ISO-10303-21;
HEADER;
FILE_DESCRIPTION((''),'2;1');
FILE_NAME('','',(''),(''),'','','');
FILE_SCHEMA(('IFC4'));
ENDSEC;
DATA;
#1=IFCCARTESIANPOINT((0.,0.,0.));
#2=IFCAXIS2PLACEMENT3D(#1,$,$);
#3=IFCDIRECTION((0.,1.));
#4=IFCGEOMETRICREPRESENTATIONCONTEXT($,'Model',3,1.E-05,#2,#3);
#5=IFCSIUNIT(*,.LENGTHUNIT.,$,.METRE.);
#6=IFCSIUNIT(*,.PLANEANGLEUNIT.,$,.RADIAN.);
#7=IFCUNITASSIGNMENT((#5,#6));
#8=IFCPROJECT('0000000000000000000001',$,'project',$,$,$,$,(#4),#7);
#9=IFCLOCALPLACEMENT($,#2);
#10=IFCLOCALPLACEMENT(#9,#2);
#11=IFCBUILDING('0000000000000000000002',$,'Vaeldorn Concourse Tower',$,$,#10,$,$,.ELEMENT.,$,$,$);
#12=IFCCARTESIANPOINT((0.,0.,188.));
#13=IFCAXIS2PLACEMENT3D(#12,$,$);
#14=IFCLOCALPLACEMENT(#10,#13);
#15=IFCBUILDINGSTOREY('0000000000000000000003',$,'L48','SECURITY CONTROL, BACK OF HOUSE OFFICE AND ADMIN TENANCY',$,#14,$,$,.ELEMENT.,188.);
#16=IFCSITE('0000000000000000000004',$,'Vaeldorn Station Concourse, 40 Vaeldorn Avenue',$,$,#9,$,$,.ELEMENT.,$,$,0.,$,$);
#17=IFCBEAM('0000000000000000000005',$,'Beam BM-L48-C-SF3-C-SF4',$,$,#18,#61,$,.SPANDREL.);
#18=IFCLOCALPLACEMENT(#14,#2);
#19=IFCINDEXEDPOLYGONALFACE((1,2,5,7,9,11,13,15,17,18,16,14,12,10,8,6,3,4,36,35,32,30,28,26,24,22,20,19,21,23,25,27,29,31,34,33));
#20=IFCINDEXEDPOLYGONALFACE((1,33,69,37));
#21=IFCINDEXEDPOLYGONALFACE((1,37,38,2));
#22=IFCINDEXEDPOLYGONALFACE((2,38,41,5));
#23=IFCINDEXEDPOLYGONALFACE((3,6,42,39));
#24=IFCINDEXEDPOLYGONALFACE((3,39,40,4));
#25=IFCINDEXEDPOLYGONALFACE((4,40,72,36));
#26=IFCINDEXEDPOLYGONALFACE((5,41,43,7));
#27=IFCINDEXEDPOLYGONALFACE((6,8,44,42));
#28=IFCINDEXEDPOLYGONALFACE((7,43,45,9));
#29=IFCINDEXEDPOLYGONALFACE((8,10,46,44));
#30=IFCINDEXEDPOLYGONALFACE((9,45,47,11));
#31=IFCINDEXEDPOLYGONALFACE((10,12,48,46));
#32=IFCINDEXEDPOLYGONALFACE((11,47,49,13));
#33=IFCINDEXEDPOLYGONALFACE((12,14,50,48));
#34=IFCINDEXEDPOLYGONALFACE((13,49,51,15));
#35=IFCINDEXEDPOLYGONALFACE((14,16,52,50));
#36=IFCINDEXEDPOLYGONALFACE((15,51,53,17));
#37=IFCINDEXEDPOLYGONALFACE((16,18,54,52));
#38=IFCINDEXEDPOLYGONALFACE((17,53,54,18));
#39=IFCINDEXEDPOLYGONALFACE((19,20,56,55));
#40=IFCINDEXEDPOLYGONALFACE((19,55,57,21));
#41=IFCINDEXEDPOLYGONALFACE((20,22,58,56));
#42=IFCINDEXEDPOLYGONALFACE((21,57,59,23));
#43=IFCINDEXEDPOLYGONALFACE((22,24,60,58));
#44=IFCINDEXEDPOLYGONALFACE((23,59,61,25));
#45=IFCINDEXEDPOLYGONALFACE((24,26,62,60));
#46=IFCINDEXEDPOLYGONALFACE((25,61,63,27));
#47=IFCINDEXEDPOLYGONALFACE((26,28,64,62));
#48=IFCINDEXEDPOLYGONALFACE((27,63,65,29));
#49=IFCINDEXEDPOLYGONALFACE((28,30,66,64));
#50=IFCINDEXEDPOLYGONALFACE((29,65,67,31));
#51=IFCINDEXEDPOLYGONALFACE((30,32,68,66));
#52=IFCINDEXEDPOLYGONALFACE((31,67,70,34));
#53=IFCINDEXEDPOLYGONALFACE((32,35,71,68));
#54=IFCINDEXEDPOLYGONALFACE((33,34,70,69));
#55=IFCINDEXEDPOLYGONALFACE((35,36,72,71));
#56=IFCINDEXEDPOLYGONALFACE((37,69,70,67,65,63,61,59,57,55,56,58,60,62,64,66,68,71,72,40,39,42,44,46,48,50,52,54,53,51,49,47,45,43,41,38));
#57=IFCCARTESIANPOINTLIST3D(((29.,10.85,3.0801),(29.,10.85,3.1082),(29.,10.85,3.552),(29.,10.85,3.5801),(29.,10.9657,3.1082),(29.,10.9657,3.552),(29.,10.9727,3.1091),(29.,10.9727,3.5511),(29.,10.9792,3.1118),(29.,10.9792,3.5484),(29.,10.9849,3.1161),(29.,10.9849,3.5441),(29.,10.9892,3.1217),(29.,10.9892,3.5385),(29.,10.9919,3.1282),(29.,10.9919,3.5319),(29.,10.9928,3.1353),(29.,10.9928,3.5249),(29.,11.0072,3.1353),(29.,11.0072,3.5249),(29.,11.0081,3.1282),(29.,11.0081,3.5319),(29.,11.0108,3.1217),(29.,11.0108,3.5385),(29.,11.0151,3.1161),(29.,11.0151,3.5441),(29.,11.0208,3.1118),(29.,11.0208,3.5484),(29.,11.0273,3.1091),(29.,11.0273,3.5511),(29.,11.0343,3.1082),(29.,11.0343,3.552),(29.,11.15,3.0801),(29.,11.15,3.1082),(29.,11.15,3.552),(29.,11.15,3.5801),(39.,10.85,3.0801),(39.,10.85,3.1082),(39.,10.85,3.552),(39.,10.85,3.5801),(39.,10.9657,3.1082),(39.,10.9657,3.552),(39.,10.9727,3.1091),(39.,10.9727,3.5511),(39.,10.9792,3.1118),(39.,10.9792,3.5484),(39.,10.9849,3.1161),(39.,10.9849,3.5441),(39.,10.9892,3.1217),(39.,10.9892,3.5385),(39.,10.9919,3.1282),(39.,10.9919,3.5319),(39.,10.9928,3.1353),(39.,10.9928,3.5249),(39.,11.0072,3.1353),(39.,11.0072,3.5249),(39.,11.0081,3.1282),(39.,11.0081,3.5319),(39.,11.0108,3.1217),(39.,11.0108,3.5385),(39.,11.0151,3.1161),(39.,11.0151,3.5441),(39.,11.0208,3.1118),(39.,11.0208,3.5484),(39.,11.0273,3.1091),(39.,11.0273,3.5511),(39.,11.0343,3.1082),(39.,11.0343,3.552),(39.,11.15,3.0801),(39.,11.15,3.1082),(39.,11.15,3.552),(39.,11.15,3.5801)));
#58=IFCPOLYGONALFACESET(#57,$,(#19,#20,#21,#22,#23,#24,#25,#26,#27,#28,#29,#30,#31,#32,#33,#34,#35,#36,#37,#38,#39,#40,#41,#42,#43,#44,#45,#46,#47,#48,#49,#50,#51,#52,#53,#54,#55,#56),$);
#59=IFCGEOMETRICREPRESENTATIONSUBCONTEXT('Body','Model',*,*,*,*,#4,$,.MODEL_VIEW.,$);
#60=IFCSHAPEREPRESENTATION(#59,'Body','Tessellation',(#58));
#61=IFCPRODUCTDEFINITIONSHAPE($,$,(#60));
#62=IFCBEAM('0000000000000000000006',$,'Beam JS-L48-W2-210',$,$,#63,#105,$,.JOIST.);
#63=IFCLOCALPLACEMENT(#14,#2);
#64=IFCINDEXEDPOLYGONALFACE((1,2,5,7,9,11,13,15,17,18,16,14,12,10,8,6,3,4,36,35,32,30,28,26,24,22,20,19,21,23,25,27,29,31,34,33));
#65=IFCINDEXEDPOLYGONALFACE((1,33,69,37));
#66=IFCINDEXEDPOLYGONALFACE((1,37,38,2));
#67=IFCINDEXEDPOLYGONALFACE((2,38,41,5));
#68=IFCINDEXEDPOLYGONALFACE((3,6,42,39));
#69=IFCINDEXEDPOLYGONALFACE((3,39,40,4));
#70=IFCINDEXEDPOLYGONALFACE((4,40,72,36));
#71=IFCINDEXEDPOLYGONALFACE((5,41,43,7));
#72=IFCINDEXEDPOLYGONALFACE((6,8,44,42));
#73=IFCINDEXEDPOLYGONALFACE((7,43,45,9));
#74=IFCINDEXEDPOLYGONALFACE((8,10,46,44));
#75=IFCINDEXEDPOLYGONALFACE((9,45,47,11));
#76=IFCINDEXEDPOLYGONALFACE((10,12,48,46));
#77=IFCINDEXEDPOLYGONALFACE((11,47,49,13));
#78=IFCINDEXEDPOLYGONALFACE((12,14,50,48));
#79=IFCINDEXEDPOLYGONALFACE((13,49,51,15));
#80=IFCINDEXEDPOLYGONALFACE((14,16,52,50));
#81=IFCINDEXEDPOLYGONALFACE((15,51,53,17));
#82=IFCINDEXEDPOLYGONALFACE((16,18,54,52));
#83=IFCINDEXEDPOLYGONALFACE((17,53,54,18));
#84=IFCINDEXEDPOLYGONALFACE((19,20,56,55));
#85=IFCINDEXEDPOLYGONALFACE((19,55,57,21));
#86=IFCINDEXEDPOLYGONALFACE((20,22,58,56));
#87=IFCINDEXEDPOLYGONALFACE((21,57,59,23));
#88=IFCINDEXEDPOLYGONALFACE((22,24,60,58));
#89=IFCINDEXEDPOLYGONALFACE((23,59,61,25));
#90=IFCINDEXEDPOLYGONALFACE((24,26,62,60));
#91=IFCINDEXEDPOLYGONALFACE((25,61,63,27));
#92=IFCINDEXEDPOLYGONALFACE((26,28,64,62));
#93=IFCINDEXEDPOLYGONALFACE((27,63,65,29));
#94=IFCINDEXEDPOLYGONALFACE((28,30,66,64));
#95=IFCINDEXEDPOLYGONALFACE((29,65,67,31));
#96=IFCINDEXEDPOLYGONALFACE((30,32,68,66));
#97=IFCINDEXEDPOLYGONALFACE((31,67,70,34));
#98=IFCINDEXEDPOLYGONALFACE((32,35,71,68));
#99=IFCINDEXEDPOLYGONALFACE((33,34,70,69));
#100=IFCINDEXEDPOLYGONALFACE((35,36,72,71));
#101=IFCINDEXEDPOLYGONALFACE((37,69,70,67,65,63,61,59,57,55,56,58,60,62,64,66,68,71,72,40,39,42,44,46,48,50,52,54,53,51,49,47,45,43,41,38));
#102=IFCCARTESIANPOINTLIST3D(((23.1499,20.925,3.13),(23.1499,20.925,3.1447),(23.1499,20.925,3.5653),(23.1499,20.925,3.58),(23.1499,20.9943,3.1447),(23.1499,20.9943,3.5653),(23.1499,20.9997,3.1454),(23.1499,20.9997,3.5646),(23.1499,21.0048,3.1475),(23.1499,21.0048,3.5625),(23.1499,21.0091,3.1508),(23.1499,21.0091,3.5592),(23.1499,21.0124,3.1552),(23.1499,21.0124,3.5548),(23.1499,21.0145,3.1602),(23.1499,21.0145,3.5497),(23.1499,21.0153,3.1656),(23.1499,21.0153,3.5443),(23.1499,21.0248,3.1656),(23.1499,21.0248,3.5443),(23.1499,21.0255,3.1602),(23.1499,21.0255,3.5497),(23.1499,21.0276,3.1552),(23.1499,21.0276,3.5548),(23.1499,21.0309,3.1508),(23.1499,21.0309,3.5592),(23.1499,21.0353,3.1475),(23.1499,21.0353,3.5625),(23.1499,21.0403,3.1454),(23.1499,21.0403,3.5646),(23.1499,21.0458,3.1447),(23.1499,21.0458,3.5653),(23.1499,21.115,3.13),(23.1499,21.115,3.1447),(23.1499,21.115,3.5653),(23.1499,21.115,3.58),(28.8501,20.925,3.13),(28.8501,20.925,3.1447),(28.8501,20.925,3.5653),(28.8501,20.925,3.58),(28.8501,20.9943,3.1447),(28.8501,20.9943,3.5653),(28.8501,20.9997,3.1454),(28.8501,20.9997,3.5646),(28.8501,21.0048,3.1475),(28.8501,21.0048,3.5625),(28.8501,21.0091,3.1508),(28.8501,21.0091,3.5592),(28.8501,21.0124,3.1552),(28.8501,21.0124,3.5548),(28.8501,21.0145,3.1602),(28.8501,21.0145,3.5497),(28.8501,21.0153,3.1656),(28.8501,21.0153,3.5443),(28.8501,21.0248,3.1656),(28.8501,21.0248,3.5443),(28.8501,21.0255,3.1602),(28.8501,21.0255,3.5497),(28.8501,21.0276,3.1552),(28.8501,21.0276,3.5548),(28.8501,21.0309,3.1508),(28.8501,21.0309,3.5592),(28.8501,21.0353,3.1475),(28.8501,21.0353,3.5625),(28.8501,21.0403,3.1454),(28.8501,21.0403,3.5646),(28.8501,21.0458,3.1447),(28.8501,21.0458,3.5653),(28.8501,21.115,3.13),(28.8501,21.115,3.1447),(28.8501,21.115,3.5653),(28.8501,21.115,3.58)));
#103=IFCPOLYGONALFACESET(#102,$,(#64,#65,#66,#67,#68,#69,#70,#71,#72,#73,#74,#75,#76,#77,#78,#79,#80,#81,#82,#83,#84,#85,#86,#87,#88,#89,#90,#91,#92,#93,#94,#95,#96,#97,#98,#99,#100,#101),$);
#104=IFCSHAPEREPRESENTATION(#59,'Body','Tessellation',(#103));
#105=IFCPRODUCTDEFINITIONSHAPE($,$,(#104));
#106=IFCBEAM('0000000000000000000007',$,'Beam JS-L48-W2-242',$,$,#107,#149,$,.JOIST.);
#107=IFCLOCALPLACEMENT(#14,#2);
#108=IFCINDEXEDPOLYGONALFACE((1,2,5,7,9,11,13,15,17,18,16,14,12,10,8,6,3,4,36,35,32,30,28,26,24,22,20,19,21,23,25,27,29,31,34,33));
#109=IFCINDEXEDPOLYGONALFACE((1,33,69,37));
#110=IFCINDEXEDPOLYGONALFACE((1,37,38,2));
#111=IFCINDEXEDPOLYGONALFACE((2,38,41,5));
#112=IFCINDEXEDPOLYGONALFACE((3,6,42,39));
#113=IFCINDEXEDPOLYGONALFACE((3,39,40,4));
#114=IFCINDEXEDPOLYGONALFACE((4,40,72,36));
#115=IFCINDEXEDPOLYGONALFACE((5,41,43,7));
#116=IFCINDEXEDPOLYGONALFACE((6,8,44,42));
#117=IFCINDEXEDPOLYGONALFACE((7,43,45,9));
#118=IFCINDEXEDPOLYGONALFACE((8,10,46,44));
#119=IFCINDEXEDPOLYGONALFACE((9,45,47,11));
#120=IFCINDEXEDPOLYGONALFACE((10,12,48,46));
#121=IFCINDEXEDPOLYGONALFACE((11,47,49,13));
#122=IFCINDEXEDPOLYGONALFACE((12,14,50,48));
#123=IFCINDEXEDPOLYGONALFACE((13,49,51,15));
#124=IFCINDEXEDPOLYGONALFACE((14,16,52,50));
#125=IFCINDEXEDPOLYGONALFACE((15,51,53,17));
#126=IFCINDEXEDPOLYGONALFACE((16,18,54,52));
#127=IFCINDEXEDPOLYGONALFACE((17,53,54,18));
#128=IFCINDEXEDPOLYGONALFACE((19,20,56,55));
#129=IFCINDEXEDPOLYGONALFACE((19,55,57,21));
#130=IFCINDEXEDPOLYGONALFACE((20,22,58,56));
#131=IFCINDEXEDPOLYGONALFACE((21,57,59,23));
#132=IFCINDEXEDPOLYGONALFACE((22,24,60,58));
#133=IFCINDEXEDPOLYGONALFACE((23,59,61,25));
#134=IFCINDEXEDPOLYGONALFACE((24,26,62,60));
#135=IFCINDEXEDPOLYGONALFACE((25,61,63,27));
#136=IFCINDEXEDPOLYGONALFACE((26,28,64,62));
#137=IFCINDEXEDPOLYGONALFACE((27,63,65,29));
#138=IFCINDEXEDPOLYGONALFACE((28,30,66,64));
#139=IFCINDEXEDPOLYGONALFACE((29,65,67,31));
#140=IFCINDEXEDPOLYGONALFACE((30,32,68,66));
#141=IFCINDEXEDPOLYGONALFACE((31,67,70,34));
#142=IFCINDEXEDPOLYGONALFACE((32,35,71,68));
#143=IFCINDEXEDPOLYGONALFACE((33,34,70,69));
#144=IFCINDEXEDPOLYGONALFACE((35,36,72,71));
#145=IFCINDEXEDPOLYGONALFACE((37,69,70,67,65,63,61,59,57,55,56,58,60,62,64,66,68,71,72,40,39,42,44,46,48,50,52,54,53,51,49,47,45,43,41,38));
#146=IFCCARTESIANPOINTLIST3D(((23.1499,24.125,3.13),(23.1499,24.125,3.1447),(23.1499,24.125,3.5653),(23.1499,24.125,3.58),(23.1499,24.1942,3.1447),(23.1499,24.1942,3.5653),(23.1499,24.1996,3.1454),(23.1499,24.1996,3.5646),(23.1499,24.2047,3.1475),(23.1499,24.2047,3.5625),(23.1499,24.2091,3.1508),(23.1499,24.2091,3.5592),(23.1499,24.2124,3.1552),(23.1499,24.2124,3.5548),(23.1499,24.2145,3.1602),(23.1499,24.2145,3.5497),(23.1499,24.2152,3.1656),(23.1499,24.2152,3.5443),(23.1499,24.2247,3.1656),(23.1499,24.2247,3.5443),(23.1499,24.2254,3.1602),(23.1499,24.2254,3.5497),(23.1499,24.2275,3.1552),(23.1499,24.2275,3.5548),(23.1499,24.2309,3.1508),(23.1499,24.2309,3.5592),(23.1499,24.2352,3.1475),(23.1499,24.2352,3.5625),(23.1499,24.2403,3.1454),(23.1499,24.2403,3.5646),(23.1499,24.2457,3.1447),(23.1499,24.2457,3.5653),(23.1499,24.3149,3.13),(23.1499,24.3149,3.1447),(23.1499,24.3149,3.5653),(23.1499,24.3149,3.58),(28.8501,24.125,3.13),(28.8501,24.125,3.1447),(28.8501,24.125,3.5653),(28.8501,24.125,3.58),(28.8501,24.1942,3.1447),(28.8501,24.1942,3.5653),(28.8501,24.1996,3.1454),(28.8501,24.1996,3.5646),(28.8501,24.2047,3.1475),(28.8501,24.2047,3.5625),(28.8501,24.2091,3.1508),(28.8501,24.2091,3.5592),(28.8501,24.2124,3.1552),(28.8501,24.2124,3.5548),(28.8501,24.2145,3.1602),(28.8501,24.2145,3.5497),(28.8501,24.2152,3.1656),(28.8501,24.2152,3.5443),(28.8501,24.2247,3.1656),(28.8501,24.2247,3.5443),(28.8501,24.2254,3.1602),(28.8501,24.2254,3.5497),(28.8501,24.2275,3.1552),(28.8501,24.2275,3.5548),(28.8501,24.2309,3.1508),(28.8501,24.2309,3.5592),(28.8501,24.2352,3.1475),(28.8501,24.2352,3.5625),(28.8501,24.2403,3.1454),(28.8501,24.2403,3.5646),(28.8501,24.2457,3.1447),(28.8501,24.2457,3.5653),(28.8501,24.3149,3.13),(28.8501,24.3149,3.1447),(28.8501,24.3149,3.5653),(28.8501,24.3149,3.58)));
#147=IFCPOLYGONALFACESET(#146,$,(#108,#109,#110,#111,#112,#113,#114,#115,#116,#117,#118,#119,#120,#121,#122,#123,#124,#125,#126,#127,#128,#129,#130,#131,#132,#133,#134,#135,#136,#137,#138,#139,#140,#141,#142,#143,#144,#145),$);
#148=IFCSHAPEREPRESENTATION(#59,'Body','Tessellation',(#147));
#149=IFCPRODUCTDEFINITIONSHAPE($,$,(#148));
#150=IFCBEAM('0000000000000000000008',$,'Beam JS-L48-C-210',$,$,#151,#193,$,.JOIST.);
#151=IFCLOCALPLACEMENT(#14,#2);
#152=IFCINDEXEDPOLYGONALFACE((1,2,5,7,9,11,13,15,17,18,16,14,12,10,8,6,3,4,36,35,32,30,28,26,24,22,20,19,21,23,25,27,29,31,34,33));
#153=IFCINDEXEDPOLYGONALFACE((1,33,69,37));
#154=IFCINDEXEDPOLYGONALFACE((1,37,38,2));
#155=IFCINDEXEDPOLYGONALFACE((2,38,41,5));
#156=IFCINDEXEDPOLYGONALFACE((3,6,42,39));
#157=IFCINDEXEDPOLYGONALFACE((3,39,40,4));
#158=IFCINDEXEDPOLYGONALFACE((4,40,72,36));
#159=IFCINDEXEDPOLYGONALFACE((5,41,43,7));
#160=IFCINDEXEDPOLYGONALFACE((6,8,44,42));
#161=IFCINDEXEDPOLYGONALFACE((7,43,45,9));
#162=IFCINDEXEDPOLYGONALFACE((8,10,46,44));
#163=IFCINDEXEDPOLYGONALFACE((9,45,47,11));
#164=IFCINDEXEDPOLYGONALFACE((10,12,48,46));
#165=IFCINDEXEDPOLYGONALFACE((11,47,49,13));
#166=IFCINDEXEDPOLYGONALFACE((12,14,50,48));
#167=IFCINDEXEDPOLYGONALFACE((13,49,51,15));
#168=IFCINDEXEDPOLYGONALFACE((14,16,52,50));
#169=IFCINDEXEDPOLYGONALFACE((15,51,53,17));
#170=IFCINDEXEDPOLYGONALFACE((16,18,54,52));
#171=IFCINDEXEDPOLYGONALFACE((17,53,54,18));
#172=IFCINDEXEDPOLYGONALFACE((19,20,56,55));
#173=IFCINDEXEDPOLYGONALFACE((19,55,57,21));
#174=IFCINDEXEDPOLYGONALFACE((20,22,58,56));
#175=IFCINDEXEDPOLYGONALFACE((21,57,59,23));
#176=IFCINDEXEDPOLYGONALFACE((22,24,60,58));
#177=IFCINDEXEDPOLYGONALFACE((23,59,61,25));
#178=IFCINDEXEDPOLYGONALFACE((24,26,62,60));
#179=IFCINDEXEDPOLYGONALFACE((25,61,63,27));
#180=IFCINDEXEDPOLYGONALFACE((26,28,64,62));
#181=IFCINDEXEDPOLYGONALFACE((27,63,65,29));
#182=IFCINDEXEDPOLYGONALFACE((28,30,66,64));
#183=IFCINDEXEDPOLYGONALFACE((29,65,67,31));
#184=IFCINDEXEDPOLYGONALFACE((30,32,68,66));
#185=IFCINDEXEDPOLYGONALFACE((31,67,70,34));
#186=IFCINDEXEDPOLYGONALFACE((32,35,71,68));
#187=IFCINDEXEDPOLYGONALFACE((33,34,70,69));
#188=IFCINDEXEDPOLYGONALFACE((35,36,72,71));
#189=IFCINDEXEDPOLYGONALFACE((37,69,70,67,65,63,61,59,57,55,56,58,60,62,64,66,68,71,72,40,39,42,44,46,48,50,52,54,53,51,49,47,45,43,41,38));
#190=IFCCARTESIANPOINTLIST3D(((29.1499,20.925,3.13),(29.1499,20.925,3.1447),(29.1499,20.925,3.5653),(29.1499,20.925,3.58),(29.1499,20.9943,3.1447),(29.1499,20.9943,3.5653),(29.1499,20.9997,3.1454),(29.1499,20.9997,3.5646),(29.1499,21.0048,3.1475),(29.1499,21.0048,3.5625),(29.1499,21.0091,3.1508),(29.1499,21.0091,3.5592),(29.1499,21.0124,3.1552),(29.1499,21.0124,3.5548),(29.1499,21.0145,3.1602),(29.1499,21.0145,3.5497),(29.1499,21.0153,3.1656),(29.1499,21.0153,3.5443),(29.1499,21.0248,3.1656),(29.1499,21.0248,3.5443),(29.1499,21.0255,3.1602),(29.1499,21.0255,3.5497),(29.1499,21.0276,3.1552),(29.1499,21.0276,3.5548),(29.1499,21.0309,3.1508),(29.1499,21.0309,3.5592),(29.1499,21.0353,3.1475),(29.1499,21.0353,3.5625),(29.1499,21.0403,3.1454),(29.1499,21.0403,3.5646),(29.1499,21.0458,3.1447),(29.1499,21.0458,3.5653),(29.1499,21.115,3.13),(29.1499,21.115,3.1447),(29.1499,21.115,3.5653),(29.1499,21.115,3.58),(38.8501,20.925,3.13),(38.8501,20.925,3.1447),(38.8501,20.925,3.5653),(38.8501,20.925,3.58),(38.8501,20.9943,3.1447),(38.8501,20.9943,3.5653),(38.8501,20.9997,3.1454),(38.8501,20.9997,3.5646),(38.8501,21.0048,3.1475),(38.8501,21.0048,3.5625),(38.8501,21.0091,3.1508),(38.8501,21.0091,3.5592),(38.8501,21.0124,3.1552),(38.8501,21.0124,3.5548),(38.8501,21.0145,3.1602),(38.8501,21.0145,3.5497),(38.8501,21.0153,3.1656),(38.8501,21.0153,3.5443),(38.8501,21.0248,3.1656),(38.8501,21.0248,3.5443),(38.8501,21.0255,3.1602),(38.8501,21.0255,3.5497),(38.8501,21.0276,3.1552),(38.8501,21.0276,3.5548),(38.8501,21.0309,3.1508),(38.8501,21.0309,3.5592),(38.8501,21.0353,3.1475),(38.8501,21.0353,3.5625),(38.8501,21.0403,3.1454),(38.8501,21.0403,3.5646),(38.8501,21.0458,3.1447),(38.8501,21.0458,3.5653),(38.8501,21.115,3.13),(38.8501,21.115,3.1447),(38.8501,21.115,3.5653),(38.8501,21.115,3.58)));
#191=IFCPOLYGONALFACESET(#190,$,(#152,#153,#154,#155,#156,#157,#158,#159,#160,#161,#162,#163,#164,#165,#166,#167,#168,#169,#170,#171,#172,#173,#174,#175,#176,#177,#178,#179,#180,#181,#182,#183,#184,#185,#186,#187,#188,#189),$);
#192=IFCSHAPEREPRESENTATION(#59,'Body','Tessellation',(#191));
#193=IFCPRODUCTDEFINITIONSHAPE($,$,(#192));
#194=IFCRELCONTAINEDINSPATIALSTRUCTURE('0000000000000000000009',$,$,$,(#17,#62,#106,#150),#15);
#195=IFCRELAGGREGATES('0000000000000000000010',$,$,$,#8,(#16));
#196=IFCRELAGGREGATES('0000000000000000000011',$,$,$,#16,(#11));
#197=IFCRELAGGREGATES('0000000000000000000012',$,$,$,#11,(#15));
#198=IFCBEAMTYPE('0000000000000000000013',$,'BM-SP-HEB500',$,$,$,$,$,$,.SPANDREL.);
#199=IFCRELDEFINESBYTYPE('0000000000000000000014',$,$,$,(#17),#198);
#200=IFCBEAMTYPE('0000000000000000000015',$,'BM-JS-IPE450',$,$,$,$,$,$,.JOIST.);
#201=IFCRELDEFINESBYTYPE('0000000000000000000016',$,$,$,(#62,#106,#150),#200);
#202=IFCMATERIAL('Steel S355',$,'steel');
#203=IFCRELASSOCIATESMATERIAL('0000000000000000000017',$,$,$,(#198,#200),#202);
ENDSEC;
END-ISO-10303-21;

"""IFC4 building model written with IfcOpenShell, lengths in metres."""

from ifc_helpers import new_model, si_unit, direction, frame, origin, origin_2d, place, context, subcontext, project, spatial, i_section, extrude, source, transform, mapped, material, material_profile, profile_set, type_object, element, save


model = new_model("IFC4")

# Units and contexts
model_context = context("Model", 3, precision=1e-05, world=origin(), true_north=direction((0.0, 1.0)))
body_context = subcontext(model_context, "Body", "Model", "MODEL_VIEW")
ifc_project = project(units=[si_unit("LENGTHUNIT", "METRE"), si_unit("PLANEANGLEUNIT", "RADIAN")], contexts=[model_context])

# Site, building, storey
site_placement = place(None, origin())
site = spatial("IfcSite", under=ifc_project, at=site_placement, Name="Vaeldorn Station Concourse, 40 Vaeldorn Avenue", CompositionType="ELEMENT", RefElevation=0.0)
building_placement = place(site_placement, origin())
building = spatial("IfcBuilding", under=site, at=building_placement, Name="Vaeldorn Concourse Tower", CompositionType="ELEMENT")
storey_placement = place(building_placement, frame((0.0, 0.0, 188.0)))
storey = spatial("IfcBuildingStorey", under=building, at=storey_placement, Name="L48", Description="SECURITY CONTROL, BACK OF HOUSE OFFICE AND ADMIN TENANCY", CompositionType="ELEMENT", Elevation=188.0)

# Shared definitions
ifc_material_1 = material(Name="Steel S355", Category="steel")

# Beams
ifc_material_profile_1 = material_profile(ifc_material_1, i_section(OverallWidth=0.3, OverallDepth=0.5, WebThickness=0.0144, FlangeThickness=0.0281, FilletRadius=0.0271, at=origin_2d()), Name="HEB 500")
ifc_profile_set_1 = profile_set([ifc_material_profile_1], Name="Steel S355")
beam_type_1 = type_object("IfcBeamType", Name="BM-SP-HEB500", PredefinedType="SPANDREL", material=ifc_profile_set_1)
shared_shape_1 = source(origin(), body_context, "Body", "SweptSolid", [
    extrude(i_section(OverallWidth=0.3, OverallDepth=0.5, WebThickness=0.0144, FlangeThickness=0.0281, FilletRadius=0.0271, at=origin_2d()), origin(), (0.0, 0.0, 1.0), 10.0),
])
beam_1_placement = place(storey_placement, frame((29.0, 11.0, 3.3301), z_axis=(1.0, 0.0, 0.0), x_axis=(0.0, 1.0, 0.0)))
element("IfcBeam", 1, at=beam_1_placement, inside=storey, type_object=beam_type_1, Name="Beam BM-L48-C-SF3-C-SF4", PredefinedType="SPANDREL", context=body_context, shape_type="MappedRepresentation", body=[
    mapped(shared_shape_1, transform((0.0, 0.0, 0.0), scale=1.0)),
])
ifc_material_profile_2 = material_profile(ifc_material_1, i_section(OverallWidth=0.1899, OverallDepth=0.45, WebThickness=0.0095, FlangeThickness=0.0146, FilletRadius=0.021, at=origin_2d()), Name="IPE 450")
ifc_profile_set_2 = profile_set([ifc_material_profile_2], Name="Steel S355")
beam_type_2 = type_object("IfcBeamType", Name="BM-JS-IPE450", PredefinedType="JOIST", material=ifc_profile_set_2)
shared_shape_2 = source(origin(), body_context, "Body", "SweptSolid", [
    extrude(i_section(OverallWidth=0.1899, OverallDepth=0.45, WebThickness=0.0095, FlangeThickness=0.0146, FilletRadius=0.021, at=origin_2d()), origin(), (0.0, 0.0, 1.0), 5.7002),
])
for number, where, z_axis, x_axis, name in (
    (2, (23.1499, 21.02, 3.355), (1.0, 0.0, 0.0), (0.0, 1.0, 0.0), "Beam JS-L48-W2-210"),
    (3, (23.1499, 24.22, 3.355), (1.0, 0.0, 0.0), (0.0, 1.0, 0.0), "Beam JS-L48-W2-242"),
):
    element("IfcBeam", number, at=place(storey_placement, frame(where, z_axis=z_axis, x_axis=x_axis)), inside=storey, type_object=beam_type_2, Name=name, PredefinedType="JOIST", context=body_context, shape_type="MappedRepresentation", body=[
        mapped(shared_shape_2, transform((0.0, 0.0, 0.0), scale=1.0)),
    ])
shared_shape_3 = source(origin(), body_context, "Body", "SweptSolid", [
    extrude(i_section(OverallWidth=0.1899, OverallDepth=0.45, WebThickness=0.0095, FlangeThickness=0.0146, FilletRadius=0.021, at=origin_2d()), origin(), (0.0, 0.0, 1.0), 9.7002),
])
for number, where, z_axis, x_axis, name in (
    (4, (29.1499, 21.02, 3.355), (1.0, 0.0, 0.0), (0.0, 1.0, 0.0), "Beam JS-L48-C-210"),
):
    element("IfcBeam", number, at=place(storey_placement, frame(where, z_axis=z_axis, x_axis=x_axis)), inside=storey, type_object=beam_type_2, Name=name, PredefinedType="JOIST", context=body_context, shape_type="MappedRepresentation", body=[
        mapped(shared_shape_3, transform((0.0, 0.0, 0.0), scale=1.0)),
    ])

save(model, "model.ifc")
